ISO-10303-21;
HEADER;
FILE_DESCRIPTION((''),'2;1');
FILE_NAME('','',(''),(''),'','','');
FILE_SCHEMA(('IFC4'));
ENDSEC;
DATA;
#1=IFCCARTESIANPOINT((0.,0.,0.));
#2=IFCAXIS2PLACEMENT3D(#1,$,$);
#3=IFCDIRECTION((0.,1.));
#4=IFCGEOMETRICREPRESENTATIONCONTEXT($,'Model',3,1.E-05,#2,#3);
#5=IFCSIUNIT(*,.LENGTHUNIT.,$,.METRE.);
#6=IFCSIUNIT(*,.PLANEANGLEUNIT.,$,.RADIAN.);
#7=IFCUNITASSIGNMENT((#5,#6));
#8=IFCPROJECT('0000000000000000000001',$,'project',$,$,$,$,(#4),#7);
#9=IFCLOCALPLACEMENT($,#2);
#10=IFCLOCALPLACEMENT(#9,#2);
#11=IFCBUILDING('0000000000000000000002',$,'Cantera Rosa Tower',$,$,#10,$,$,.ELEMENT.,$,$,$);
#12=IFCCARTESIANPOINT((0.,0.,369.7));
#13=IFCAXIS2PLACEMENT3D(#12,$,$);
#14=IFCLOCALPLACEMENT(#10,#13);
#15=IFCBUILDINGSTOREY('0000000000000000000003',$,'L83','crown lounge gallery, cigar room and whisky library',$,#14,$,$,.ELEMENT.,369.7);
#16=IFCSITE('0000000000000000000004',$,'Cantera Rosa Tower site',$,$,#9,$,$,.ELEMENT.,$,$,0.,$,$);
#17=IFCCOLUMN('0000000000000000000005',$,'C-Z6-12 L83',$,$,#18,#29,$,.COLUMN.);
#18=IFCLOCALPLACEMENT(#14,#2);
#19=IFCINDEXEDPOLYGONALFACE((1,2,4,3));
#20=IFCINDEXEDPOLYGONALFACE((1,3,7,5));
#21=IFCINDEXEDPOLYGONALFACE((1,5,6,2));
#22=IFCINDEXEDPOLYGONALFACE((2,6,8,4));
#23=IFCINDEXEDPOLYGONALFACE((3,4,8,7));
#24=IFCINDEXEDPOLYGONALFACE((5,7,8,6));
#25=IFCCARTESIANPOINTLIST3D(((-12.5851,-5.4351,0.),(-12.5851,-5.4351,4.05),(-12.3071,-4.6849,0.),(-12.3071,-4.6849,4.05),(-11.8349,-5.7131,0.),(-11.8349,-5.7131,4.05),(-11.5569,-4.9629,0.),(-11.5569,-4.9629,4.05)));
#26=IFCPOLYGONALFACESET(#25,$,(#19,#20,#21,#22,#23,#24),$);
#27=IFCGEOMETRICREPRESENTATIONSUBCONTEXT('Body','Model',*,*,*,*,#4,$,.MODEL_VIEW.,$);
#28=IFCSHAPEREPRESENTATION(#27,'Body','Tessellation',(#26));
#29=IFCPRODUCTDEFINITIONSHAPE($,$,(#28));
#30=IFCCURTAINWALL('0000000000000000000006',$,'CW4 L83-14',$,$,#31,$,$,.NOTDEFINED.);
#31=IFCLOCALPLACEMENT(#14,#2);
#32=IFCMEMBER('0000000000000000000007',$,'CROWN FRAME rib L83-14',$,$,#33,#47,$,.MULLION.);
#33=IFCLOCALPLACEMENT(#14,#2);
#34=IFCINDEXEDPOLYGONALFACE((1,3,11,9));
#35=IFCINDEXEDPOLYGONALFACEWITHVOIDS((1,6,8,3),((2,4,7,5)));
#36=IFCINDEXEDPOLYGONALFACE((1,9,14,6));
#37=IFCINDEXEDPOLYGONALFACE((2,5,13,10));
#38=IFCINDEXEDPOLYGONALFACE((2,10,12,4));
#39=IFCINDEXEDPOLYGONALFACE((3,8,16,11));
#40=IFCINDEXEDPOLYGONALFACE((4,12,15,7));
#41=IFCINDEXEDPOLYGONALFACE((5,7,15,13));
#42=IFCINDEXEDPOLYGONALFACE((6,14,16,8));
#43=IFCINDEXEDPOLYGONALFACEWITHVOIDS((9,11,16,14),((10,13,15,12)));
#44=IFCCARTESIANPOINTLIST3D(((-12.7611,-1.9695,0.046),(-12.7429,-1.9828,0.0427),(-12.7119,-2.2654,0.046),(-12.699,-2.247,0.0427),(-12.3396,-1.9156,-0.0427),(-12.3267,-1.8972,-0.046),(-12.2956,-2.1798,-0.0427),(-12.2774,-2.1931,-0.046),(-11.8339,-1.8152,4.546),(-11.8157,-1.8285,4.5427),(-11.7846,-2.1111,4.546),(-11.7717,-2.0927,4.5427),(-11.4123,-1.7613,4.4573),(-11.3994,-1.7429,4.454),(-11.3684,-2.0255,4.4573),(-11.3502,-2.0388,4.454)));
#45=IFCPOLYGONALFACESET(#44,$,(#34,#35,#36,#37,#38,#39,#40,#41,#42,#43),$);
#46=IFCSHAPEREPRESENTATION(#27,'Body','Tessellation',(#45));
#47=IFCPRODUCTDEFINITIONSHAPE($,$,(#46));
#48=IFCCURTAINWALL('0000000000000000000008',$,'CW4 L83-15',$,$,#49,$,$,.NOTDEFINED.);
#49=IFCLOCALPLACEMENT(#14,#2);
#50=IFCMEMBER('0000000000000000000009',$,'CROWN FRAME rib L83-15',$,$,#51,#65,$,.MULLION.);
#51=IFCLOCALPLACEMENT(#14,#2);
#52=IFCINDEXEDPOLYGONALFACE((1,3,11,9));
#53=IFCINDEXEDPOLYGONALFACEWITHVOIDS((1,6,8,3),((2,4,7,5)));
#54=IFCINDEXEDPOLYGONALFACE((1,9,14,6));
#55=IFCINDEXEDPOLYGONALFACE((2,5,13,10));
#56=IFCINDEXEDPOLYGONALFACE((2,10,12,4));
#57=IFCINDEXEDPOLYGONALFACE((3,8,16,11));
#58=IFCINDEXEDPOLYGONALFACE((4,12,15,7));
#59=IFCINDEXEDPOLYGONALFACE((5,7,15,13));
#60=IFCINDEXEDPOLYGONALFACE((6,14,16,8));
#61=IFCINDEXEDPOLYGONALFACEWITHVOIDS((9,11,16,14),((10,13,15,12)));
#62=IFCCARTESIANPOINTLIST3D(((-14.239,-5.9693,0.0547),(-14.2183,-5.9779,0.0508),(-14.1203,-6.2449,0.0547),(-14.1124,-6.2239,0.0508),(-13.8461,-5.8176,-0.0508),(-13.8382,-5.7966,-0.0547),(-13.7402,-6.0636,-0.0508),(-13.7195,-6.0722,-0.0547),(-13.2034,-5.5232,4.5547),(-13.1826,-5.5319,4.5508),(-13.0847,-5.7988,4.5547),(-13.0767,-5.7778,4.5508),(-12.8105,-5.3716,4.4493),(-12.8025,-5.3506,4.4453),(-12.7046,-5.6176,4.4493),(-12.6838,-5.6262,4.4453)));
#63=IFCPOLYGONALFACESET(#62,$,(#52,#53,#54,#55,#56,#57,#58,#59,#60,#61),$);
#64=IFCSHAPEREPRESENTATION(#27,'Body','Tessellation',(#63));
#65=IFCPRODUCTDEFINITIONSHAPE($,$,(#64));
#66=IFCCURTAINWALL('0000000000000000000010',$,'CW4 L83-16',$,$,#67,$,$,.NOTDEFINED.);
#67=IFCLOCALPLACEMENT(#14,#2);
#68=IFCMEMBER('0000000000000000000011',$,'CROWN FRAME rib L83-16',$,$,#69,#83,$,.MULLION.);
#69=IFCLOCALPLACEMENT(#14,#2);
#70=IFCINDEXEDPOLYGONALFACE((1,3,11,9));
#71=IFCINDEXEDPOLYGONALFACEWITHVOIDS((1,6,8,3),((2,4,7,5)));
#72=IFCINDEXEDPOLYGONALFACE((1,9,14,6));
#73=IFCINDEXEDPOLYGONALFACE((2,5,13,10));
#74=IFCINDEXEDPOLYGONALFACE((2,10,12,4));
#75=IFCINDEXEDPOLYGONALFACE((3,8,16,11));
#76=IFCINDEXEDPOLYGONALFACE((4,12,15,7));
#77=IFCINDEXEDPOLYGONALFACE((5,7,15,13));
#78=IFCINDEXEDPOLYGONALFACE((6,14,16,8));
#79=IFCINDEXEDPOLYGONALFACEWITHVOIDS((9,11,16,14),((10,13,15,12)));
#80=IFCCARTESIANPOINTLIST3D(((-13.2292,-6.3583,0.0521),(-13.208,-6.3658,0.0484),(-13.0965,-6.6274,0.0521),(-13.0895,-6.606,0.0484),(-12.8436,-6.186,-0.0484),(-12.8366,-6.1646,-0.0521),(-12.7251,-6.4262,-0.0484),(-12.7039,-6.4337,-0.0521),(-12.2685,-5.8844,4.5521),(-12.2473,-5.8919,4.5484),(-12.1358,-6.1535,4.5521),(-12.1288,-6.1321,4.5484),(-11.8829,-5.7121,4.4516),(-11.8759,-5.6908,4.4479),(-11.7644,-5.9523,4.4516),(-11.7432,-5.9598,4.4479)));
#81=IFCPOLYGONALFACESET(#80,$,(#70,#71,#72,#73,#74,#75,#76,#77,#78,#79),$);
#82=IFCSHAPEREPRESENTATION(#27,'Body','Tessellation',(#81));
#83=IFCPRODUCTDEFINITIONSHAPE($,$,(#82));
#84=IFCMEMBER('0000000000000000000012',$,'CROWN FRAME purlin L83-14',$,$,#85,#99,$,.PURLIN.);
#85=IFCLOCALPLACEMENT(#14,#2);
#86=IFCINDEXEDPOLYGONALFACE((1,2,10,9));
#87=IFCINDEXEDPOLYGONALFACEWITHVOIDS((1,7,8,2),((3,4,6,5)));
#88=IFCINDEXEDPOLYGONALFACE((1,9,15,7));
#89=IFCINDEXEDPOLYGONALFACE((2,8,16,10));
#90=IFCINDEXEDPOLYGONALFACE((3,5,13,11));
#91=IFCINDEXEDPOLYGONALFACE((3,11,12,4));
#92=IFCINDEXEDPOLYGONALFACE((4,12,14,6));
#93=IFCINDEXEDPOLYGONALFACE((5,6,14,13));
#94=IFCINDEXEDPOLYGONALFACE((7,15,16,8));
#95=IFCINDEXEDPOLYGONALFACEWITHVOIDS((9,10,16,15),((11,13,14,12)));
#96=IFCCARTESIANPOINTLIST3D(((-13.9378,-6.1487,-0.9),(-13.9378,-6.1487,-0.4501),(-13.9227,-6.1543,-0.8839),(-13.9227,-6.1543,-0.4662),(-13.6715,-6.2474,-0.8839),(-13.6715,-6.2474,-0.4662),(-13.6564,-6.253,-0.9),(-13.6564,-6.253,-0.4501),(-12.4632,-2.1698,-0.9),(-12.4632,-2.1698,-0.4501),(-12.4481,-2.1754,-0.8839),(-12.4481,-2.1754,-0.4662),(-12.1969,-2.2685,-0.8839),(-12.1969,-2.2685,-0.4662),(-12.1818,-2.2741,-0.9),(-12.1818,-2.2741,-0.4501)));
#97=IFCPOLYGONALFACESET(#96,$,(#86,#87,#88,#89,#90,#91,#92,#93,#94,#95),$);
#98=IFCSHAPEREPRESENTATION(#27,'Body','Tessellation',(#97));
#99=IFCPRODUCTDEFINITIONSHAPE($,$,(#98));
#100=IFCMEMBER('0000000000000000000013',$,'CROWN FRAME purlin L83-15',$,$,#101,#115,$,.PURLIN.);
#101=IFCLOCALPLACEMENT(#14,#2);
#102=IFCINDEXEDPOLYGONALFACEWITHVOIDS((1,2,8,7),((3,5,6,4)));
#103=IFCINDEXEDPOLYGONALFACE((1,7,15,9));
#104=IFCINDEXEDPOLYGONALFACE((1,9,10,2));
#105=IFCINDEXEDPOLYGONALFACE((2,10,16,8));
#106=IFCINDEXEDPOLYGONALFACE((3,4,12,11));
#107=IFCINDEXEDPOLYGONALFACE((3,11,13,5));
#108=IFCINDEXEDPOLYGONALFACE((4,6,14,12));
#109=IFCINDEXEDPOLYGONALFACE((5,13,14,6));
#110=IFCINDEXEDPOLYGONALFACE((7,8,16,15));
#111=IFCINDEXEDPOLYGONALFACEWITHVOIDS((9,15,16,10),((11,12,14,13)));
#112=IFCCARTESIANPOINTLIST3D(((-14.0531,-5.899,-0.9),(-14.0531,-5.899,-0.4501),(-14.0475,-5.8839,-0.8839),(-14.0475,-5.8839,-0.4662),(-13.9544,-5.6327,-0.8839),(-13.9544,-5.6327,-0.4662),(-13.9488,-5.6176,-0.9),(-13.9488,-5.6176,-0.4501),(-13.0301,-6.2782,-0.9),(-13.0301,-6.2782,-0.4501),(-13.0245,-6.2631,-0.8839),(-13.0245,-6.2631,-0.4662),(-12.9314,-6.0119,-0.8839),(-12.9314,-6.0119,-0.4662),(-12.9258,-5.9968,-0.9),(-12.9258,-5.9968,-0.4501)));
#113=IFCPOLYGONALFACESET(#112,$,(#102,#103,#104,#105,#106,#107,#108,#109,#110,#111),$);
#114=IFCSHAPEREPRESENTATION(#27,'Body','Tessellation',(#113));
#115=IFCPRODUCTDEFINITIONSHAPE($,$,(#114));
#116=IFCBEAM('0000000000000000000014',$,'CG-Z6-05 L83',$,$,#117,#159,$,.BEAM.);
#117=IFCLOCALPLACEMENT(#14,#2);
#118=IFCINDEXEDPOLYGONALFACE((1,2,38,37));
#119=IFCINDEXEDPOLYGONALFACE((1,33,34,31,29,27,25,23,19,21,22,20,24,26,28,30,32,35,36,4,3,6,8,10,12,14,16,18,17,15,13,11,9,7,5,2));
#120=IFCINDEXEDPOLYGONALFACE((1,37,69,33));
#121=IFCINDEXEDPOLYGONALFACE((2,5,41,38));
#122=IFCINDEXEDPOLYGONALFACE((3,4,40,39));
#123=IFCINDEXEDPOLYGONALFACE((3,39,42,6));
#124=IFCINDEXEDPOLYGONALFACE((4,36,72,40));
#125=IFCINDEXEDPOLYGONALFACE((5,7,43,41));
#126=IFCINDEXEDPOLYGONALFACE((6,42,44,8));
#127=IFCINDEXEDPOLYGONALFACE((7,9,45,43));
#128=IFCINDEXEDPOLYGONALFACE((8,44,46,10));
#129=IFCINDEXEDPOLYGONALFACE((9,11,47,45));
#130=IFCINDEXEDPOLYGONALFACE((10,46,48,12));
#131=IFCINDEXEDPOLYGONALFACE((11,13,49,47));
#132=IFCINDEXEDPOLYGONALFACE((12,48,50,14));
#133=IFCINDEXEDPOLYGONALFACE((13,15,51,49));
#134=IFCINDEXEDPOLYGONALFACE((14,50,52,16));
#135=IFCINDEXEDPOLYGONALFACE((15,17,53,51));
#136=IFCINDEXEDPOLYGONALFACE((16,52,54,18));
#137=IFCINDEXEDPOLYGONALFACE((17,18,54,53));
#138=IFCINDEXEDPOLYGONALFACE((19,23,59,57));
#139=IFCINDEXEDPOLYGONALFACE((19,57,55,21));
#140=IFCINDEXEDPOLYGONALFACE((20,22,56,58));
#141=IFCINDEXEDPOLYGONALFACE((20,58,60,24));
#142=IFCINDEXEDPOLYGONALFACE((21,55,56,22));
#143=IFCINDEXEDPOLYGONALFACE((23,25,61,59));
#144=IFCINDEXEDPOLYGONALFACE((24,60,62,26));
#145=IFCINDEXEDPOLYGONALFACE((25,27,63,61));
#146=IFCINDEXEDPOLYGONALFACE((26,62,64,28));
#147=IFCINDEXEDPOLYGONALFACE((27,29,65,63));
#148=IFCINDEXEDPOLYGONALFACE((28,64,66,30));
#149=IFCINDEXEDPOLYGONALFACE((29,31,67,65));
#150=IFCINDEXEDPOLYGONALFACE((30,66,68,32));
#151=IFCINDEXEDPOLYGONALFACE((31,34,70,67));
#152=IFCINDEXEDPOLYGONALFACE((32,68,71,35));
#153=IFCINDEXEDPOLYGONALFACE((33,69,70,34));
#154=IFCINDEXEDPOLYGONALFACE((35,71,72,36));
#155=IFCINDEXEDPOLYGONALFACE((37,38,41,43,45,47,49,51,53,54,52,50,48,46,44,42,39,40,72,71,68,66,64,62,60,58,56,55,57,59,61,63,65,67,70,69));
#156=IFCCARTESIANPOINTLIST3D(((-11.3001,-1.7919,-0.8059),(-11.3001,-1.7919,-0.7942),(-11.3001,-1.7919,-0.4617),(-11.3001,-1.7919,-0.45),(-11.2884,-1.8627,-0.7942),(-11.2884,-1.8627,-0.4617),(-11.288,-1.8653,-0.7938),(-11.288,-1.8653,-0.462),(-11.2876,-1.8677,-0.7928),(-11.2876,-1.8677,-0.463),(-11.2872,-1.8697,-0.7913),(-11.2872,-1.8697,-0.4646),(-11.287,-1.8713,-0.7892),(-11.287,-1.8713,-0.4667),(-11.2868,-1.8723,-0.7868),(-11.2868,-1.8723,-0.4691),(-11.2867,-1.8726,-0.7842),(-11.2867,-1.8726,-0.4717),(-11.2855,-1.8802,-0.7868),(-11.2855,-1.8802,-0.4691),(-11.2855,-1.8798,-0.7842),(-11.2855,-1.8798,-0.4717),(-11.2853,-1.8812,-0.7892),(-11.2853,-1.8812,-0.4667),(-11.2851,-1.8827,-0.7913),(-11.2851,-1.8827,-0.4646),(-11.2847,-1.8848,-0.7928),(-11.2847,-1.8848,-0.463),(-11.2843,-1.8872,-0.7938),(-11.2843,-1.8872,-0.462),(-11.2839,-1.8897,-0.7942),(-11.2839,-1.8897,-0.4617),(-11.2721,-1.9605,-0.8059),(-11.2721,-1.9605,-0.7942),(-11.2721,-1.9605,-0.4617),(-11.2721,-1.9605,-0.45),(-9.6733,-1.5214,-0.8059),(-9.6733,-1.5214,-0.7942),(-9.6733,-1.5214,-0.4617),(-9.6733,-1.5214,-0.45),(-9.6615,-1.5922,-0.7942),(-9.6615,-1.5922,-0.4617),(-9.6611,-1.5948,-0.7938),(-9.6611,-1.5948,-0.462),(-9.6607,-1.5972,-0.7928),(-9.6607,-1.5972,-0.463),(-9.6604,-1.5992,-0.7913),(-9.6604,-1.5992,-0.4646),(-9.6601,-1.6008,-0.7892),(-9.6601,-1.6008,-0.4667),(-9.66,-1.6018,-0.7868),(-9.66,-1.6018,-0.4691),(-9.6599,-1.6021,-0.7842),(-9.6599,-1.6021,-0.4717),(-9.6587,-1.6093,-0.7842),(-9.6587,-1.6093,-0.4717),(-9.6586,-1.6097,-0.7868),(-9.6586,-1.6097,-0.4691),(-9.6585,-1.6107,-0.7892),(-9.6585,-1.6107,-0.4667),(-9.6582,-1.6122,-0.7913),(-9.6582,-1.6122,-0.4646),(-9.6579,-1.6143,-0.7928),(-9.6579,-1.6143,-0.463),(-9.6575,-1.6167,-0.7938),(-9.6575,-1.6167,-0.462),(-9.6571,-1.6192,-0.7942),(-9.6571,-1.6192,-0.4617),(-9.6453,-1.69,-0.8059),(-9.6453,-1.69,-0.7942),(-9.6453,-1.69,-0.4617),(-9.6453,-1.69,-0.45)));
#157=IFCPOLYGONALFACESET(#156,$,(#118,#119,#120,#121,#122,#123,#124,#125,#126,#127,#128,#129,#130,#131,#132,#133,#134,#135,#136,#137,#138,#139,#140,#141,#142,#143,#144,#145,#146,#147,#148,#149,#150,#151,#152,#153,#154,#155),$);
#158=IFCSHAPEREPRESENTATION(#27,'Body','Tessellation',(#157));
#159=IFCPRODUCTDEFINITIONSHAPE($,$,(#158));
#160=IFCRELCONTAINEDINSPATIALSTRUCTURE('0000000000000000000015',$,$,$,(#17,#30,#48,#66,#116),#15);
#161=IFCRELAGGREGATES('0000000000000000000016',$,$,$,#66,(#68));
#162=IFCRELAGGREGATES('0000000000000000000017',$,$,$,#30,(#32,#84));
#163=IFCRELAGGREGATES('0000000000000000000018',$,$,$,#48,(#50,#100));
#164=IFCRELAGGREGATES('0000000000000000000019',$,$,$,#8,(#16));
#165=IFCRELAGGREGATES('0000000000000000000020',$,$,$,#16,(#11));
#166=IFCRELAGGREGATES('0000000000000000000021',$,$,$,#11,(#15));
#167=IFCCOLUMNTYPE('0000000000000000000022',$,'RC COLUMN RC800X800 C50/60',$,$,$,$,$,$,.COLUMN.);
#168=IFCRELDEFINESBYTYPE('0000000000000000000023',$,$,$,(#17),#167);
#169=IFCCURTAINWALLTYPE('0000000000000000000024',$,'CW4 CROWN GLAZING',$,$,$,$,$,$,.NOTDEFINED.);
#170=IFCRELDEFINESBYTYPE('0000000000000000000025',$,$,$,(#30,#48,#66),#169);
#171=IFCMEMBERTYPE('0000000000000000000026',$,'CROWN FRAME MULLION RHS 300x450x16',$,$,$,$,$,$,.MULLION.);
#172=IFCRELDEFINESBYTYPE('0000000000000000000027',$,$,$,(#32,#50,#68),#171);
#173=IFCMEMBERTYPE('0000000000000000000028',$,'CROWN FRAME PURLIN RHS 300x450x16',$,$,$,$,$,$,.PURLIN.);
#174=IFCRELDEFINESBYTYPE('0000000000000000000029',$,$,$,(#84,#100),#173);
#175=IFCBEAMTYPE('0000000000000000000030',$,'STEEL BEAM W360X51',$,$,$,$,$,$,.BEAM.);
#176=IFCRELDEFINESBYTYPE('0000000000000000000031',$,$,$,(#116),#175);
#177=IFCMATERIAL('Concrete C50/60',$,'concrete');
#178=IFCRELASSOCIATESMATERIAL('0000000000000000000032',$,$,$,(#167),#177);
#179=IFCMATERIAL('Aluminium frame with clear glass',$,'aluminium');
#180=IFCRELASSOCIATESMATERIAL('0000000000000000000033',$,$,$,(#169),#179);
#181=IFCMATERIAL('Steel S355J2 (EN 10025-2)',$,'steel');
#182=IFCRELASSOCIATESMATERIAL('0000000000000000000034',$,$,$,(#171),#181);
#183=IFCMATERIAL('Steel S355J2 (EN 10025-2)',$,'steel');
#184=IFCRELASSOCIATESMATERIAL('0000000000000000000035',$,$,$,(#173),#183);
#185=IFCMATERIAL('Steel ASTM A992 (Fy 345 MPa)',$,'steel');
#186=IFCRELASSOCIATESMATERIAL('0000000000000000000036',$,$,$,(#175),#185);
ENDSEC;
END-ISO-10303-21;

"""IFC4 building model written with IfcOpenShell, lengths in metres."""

from ifc_helpers import new_model, si_unit, direction, frame, origin, origin_2d, place, context, subcontext, project, spatial, rectangle, hollow_rectangle, i_section, extrude, material, material_profile, profile_set, type_object, element, aggregate, save


model = new_model("IFC4")

# Units and contexts
model_context = context("Model", 3, precision=1e-05, world=origin(), true_north=direction((0.0, 1.0)))
body_context = subcontext(model_context, "Body", "Model", "MODEL_VIEW")
ifc_project = project(units=[si_unit("LENGTHUNIT", "METRE"), si_unit("PLANEANGLEUNIT", "RADIAN")], contexts=[model_context])

# Site, building, storey
site_placement = place(None, origin())
site = spatial("IfcSite", under=ifc_project, at=site_placement, Name="Cantera Rosa Tower site", CompositionType="ELEMENT", RefElevation=0.0)
building_placement = place(site_placement, origin())
building = spatial("IfcBuilding", under=site, at=building_placement, Name="Cantera Rosa Tower", CompositionType="ELEMENT")
storey_placement = place(building_placement, frame((0.0, 0.0, 369.7)))
storey = spatial("IfcBuildingStorey", under=building, at=storey_placement, Name="L83", Description="crown lounge gallery, cigar room and whisky library", CompositionType="ELEMENT", Elevation=369.7)

# Column
ifc_material_1 = material(Name="Concrete C50/60", Category="concrete")
ifc_material_profile_1 = material_profile(ifc_material_1, rectangle(XDim=0.8, YDim=0.8, at=origin_2d()), Name="RC COLUMN RC800X800 C50/60")
ifc_profile_set_1 = profile_set([ifc_material_profile_1], Name="Concrete C50/60")
column_type = type_object("IfcColumnType", Name="RC COLUMN RC800X800 C50/60", PredefinedType="COLUMN", material=ifc_profile_set_1)
column_placement = place(storey_placement, frame((-12.071, -5.199, 0.0), z_axis=(0.0, 0.0, 1.0), x_axis=(0.347481, 0.937687, 0.0)))
element("IfcColumn", 1, at=column_placement, inside=storey, type_object=column_type, Name="C-Z6-12 L83", PredefinedType="COLUMN", context=body_context, shape_type="SweptSolid", body=[
    extrude(rectangle(XDim=0.8, YDim=0.8, at=origin_2d()), origin(), (0.0, 0.0, 1.0), 4.05),
])

# Curtain walls, members
ifc_material_2 = material(Name="Aluminium frame with clear glass", Category="aluminium")
curtain_wall_type = type_object("IfcCurtainWallType", Name="CW4 CROWN GLAZING", PredefinedType="NOTDEFINED", material=ifc_material_2)
curtain_wall_1_placement = place(storey_placement, origin())
curtain_wall_1 = element("IfcCurtainWall", 2, at=curtain_wall_1_placement, inside=storey, type_object=curtain_wall_type, Name="CW4 L83-14", PredefinedType="NOTDEFINED")
ifc_material_3 = material(Name="Steel S355J2 (EN 10025-2)", Category="steel")
ifc_material_profile_2 = material_profile(ifc_material_3, hollow_rectangle(XDim=0.3, YDim=0.45, WallThickness=0.0161, at=origin_2d()), Name="CROWN FRAME MULLION RHS 300x450x16")
ifc_profile_set_2 = profile_set([ifc_material_profile_2], Name="Steel S355J2 (EN 10025-2)")
member_type_1 = type_object("IfcMemberType", Name="CROWN FRAME MULLION RHS 300x450x16", PredefinedType="MULLION", material=ifc_profile_set_2)
member_1_placement = place(storey_placement, frame((-12.5193, -2.0813, 0.0), z_axis=(0.201701, 0.033564, 0.978872), x_axis=(-0.164146, 0.986436, 0.0)))
member_1 = element("IfcMember", 3, at=member_1_placement, type_object=member_type_1, Name="CROWN FRAME rib L83-14", PredefinedType="MULLION", context=body_context, shape_type="SweptSolid", body=[
    extrude(hollow_rectangle(XDim=0.3, YDim=0.45, WallThickness=0.0161, at=origin_2d()), origin(), (0.0, 0.0, 1.0), 4.5972),
])
curtain_wall_2_placement = place(storey_placement, origin())
curtain_wall_2 = element("IfcCurtainWall", 4, at=curtain_wall_2_placement, inside=storey, type_object=curtain_wall_type, Name="CW4 L83-15", PredefinedType="NOTDEFINED")
member_2_placement = place(storey_placement, frame((-13.9792, -6.0208, 0.0), z_axis=(0.223241, 0.096148, 0.97001), x_axis=(-0.395565, 0.918438, 0.0)))
member_2 = element("IfcMember", 5, at=member_2_placement, type_object=member_type_1, Name="CROWN FRAME rib L83-15", PredefinedType="MULLION", context=body_context, shape_type="SweptSolid", body=[
    extrude(hollow_rectangle(XDim=0.3, YDim=0.45, WallThickness=0.0161, at=origin_2d()), origin(), (0.0, 0.0, 1.0), 4.6392),
])
curtain_wall_3_placement = place(storey_placement, origin())
curtain_wall_3 = element("IfcCurtainWall", 6, at=curtain_wall_3_placement, inside=storey, type_object=curtain_wall_type, Name="CW4 L83-16", PredefinedType="NOTDEFINED")
member_3_placement = place(storey_placement, frame((-12.9666, -6.396, 0.0), z_axis=(0.207684, 0.102443, 0.972817), x_axis=(-0.442375, 0.89683, 0.0)))
member_3 = element("IfcMember", 7, at=member_3_placement, type_object=member_type_1, Name="CROWN FRAME rib L83-16", PredefinedType="MULLION", context=body_context, shape_type="SweptSolid", body=[
    extrude(hollow_rectangle(XDim=0.3, YDim=0.45, WallThickness=0.0161, at=origin_2d()), origin(), (0.0, 0.0, 1.0), 4.6257),
])

# Members
ifc_material_4 = material(Name="Steel S355J2 (EN 10025-2)", Category="steel")
ifc_material_profile_3 = material_profile(ifc_material_4, hollow_rectangle(XDim=0.3, YDim=0.45, WallThickness=0.0161, at=origin_2d()), Name="CROWN FRAME PURLIN RHS 300x450x16")
ifc_profile_set_3 = profile_set([ifc_material_profile_3], Name="Steel S355J2 (EN 10025-2)")
member_type_2 = type_object("IfcMemberType", Name="CROWN FRAME PURLIN RHS 300x450x16", PredefinedType="PURLIN", material=ifc_profile_set_3)
member_4_placement = place(storey_placement, frame((-12.3225, -2.2219, -0.675), z_axis=(-0.347502, -0.937679, 0.0), x_axis=(0.937679, -0.347502, 0.0)))
member_4 = element("IfcMember", 8, at=member_4_placement, type_object=member_type_2, Name="CROWN FRAME purlin L83-14", PredefinedType="PURLIN", context=body_context, shape_type="SweptSolid", body=[
    extrude(hollow_rectangle(XDim=0.3, YDim=0.45, WallThickness=0.0161, at=origin_2d()), origin(), (0.0, 0.0, 1.0), 4.2434),
])
member_5_placement = place(storey_placement, frame((-14.001, -5.7583, -0.675), z_axis=(0.937665, -0.34754, 0.0), x_axis=(0.34754, 0.937665, 0.0)))
member_5 = element("IfcMember", 9, at=member_5_placement, type_object=member_type_2, Name="CROWN FRAME purlin L83-15", PredefinedType="PURLIN", context=body_context, shape_type="SweptSolid", body=[
    extrude(hollow_rectangle(XDim=0.3, YDim=0.45, WallThickness=0.0161, at=origin_2d()), origin(), (0.0, 0.0, 1.0), 1.0911),
])

# Beam
ifc_material_5 = material(Name="Steel ASTM A992 (Fy 345 MPa)", Category="steel")
ifc_material_profile_4 = material_profile(ifc_material_5, i_section(OverallWidth=0.1709, OverallDepth=0.356, WebThickness=0.0073, FlangeThickness=0.0117, FilletRadius=0.01, at=origin_2d()), Name="W360X51")
ifc_profile_set_4 = profile_set([ifc_material_profile_4], Name="Steel ASTM A992 (Fy 345 MPa)")
beam_type_1 = type_object("IfcBeamType", Name="STEEL BEAM W360X51", PredefinedType="BEAM", material=ifc_profile_set_4)
beam_1_placement = place(storey_placement, frame((-11.2861, -1.8762, -0.6279), z_axis=(0.986458, 0.164015, 0.0), x_axis=(-0.164015, 0.986458, 0.0)))
element("IfcBeam", 10, at=beam_1_placement, inside=storey, type_object=beam_type_1, Name="CG-Z6-05 L83", PredefinedType="BEAM", context=body_context, shape_type="SweptSolid", body=[
    extrude(i_section(OverallWidth=0.1709, OverallDepth=0.356, WebThickness=0.0073, FlangeThickness=0.0117, FilletRadius=0.01, at=origin_2d()), origin(), (0.0, 0.0, 1.0), 1.6492),
])

aggregate(curtain_wall_3, [member_3])

aggregate(curtain_wall_1, [member_1, member_4])
aggregate(curtain_wall_2, [member_2, member_5])

save(model, "model.ifc")
